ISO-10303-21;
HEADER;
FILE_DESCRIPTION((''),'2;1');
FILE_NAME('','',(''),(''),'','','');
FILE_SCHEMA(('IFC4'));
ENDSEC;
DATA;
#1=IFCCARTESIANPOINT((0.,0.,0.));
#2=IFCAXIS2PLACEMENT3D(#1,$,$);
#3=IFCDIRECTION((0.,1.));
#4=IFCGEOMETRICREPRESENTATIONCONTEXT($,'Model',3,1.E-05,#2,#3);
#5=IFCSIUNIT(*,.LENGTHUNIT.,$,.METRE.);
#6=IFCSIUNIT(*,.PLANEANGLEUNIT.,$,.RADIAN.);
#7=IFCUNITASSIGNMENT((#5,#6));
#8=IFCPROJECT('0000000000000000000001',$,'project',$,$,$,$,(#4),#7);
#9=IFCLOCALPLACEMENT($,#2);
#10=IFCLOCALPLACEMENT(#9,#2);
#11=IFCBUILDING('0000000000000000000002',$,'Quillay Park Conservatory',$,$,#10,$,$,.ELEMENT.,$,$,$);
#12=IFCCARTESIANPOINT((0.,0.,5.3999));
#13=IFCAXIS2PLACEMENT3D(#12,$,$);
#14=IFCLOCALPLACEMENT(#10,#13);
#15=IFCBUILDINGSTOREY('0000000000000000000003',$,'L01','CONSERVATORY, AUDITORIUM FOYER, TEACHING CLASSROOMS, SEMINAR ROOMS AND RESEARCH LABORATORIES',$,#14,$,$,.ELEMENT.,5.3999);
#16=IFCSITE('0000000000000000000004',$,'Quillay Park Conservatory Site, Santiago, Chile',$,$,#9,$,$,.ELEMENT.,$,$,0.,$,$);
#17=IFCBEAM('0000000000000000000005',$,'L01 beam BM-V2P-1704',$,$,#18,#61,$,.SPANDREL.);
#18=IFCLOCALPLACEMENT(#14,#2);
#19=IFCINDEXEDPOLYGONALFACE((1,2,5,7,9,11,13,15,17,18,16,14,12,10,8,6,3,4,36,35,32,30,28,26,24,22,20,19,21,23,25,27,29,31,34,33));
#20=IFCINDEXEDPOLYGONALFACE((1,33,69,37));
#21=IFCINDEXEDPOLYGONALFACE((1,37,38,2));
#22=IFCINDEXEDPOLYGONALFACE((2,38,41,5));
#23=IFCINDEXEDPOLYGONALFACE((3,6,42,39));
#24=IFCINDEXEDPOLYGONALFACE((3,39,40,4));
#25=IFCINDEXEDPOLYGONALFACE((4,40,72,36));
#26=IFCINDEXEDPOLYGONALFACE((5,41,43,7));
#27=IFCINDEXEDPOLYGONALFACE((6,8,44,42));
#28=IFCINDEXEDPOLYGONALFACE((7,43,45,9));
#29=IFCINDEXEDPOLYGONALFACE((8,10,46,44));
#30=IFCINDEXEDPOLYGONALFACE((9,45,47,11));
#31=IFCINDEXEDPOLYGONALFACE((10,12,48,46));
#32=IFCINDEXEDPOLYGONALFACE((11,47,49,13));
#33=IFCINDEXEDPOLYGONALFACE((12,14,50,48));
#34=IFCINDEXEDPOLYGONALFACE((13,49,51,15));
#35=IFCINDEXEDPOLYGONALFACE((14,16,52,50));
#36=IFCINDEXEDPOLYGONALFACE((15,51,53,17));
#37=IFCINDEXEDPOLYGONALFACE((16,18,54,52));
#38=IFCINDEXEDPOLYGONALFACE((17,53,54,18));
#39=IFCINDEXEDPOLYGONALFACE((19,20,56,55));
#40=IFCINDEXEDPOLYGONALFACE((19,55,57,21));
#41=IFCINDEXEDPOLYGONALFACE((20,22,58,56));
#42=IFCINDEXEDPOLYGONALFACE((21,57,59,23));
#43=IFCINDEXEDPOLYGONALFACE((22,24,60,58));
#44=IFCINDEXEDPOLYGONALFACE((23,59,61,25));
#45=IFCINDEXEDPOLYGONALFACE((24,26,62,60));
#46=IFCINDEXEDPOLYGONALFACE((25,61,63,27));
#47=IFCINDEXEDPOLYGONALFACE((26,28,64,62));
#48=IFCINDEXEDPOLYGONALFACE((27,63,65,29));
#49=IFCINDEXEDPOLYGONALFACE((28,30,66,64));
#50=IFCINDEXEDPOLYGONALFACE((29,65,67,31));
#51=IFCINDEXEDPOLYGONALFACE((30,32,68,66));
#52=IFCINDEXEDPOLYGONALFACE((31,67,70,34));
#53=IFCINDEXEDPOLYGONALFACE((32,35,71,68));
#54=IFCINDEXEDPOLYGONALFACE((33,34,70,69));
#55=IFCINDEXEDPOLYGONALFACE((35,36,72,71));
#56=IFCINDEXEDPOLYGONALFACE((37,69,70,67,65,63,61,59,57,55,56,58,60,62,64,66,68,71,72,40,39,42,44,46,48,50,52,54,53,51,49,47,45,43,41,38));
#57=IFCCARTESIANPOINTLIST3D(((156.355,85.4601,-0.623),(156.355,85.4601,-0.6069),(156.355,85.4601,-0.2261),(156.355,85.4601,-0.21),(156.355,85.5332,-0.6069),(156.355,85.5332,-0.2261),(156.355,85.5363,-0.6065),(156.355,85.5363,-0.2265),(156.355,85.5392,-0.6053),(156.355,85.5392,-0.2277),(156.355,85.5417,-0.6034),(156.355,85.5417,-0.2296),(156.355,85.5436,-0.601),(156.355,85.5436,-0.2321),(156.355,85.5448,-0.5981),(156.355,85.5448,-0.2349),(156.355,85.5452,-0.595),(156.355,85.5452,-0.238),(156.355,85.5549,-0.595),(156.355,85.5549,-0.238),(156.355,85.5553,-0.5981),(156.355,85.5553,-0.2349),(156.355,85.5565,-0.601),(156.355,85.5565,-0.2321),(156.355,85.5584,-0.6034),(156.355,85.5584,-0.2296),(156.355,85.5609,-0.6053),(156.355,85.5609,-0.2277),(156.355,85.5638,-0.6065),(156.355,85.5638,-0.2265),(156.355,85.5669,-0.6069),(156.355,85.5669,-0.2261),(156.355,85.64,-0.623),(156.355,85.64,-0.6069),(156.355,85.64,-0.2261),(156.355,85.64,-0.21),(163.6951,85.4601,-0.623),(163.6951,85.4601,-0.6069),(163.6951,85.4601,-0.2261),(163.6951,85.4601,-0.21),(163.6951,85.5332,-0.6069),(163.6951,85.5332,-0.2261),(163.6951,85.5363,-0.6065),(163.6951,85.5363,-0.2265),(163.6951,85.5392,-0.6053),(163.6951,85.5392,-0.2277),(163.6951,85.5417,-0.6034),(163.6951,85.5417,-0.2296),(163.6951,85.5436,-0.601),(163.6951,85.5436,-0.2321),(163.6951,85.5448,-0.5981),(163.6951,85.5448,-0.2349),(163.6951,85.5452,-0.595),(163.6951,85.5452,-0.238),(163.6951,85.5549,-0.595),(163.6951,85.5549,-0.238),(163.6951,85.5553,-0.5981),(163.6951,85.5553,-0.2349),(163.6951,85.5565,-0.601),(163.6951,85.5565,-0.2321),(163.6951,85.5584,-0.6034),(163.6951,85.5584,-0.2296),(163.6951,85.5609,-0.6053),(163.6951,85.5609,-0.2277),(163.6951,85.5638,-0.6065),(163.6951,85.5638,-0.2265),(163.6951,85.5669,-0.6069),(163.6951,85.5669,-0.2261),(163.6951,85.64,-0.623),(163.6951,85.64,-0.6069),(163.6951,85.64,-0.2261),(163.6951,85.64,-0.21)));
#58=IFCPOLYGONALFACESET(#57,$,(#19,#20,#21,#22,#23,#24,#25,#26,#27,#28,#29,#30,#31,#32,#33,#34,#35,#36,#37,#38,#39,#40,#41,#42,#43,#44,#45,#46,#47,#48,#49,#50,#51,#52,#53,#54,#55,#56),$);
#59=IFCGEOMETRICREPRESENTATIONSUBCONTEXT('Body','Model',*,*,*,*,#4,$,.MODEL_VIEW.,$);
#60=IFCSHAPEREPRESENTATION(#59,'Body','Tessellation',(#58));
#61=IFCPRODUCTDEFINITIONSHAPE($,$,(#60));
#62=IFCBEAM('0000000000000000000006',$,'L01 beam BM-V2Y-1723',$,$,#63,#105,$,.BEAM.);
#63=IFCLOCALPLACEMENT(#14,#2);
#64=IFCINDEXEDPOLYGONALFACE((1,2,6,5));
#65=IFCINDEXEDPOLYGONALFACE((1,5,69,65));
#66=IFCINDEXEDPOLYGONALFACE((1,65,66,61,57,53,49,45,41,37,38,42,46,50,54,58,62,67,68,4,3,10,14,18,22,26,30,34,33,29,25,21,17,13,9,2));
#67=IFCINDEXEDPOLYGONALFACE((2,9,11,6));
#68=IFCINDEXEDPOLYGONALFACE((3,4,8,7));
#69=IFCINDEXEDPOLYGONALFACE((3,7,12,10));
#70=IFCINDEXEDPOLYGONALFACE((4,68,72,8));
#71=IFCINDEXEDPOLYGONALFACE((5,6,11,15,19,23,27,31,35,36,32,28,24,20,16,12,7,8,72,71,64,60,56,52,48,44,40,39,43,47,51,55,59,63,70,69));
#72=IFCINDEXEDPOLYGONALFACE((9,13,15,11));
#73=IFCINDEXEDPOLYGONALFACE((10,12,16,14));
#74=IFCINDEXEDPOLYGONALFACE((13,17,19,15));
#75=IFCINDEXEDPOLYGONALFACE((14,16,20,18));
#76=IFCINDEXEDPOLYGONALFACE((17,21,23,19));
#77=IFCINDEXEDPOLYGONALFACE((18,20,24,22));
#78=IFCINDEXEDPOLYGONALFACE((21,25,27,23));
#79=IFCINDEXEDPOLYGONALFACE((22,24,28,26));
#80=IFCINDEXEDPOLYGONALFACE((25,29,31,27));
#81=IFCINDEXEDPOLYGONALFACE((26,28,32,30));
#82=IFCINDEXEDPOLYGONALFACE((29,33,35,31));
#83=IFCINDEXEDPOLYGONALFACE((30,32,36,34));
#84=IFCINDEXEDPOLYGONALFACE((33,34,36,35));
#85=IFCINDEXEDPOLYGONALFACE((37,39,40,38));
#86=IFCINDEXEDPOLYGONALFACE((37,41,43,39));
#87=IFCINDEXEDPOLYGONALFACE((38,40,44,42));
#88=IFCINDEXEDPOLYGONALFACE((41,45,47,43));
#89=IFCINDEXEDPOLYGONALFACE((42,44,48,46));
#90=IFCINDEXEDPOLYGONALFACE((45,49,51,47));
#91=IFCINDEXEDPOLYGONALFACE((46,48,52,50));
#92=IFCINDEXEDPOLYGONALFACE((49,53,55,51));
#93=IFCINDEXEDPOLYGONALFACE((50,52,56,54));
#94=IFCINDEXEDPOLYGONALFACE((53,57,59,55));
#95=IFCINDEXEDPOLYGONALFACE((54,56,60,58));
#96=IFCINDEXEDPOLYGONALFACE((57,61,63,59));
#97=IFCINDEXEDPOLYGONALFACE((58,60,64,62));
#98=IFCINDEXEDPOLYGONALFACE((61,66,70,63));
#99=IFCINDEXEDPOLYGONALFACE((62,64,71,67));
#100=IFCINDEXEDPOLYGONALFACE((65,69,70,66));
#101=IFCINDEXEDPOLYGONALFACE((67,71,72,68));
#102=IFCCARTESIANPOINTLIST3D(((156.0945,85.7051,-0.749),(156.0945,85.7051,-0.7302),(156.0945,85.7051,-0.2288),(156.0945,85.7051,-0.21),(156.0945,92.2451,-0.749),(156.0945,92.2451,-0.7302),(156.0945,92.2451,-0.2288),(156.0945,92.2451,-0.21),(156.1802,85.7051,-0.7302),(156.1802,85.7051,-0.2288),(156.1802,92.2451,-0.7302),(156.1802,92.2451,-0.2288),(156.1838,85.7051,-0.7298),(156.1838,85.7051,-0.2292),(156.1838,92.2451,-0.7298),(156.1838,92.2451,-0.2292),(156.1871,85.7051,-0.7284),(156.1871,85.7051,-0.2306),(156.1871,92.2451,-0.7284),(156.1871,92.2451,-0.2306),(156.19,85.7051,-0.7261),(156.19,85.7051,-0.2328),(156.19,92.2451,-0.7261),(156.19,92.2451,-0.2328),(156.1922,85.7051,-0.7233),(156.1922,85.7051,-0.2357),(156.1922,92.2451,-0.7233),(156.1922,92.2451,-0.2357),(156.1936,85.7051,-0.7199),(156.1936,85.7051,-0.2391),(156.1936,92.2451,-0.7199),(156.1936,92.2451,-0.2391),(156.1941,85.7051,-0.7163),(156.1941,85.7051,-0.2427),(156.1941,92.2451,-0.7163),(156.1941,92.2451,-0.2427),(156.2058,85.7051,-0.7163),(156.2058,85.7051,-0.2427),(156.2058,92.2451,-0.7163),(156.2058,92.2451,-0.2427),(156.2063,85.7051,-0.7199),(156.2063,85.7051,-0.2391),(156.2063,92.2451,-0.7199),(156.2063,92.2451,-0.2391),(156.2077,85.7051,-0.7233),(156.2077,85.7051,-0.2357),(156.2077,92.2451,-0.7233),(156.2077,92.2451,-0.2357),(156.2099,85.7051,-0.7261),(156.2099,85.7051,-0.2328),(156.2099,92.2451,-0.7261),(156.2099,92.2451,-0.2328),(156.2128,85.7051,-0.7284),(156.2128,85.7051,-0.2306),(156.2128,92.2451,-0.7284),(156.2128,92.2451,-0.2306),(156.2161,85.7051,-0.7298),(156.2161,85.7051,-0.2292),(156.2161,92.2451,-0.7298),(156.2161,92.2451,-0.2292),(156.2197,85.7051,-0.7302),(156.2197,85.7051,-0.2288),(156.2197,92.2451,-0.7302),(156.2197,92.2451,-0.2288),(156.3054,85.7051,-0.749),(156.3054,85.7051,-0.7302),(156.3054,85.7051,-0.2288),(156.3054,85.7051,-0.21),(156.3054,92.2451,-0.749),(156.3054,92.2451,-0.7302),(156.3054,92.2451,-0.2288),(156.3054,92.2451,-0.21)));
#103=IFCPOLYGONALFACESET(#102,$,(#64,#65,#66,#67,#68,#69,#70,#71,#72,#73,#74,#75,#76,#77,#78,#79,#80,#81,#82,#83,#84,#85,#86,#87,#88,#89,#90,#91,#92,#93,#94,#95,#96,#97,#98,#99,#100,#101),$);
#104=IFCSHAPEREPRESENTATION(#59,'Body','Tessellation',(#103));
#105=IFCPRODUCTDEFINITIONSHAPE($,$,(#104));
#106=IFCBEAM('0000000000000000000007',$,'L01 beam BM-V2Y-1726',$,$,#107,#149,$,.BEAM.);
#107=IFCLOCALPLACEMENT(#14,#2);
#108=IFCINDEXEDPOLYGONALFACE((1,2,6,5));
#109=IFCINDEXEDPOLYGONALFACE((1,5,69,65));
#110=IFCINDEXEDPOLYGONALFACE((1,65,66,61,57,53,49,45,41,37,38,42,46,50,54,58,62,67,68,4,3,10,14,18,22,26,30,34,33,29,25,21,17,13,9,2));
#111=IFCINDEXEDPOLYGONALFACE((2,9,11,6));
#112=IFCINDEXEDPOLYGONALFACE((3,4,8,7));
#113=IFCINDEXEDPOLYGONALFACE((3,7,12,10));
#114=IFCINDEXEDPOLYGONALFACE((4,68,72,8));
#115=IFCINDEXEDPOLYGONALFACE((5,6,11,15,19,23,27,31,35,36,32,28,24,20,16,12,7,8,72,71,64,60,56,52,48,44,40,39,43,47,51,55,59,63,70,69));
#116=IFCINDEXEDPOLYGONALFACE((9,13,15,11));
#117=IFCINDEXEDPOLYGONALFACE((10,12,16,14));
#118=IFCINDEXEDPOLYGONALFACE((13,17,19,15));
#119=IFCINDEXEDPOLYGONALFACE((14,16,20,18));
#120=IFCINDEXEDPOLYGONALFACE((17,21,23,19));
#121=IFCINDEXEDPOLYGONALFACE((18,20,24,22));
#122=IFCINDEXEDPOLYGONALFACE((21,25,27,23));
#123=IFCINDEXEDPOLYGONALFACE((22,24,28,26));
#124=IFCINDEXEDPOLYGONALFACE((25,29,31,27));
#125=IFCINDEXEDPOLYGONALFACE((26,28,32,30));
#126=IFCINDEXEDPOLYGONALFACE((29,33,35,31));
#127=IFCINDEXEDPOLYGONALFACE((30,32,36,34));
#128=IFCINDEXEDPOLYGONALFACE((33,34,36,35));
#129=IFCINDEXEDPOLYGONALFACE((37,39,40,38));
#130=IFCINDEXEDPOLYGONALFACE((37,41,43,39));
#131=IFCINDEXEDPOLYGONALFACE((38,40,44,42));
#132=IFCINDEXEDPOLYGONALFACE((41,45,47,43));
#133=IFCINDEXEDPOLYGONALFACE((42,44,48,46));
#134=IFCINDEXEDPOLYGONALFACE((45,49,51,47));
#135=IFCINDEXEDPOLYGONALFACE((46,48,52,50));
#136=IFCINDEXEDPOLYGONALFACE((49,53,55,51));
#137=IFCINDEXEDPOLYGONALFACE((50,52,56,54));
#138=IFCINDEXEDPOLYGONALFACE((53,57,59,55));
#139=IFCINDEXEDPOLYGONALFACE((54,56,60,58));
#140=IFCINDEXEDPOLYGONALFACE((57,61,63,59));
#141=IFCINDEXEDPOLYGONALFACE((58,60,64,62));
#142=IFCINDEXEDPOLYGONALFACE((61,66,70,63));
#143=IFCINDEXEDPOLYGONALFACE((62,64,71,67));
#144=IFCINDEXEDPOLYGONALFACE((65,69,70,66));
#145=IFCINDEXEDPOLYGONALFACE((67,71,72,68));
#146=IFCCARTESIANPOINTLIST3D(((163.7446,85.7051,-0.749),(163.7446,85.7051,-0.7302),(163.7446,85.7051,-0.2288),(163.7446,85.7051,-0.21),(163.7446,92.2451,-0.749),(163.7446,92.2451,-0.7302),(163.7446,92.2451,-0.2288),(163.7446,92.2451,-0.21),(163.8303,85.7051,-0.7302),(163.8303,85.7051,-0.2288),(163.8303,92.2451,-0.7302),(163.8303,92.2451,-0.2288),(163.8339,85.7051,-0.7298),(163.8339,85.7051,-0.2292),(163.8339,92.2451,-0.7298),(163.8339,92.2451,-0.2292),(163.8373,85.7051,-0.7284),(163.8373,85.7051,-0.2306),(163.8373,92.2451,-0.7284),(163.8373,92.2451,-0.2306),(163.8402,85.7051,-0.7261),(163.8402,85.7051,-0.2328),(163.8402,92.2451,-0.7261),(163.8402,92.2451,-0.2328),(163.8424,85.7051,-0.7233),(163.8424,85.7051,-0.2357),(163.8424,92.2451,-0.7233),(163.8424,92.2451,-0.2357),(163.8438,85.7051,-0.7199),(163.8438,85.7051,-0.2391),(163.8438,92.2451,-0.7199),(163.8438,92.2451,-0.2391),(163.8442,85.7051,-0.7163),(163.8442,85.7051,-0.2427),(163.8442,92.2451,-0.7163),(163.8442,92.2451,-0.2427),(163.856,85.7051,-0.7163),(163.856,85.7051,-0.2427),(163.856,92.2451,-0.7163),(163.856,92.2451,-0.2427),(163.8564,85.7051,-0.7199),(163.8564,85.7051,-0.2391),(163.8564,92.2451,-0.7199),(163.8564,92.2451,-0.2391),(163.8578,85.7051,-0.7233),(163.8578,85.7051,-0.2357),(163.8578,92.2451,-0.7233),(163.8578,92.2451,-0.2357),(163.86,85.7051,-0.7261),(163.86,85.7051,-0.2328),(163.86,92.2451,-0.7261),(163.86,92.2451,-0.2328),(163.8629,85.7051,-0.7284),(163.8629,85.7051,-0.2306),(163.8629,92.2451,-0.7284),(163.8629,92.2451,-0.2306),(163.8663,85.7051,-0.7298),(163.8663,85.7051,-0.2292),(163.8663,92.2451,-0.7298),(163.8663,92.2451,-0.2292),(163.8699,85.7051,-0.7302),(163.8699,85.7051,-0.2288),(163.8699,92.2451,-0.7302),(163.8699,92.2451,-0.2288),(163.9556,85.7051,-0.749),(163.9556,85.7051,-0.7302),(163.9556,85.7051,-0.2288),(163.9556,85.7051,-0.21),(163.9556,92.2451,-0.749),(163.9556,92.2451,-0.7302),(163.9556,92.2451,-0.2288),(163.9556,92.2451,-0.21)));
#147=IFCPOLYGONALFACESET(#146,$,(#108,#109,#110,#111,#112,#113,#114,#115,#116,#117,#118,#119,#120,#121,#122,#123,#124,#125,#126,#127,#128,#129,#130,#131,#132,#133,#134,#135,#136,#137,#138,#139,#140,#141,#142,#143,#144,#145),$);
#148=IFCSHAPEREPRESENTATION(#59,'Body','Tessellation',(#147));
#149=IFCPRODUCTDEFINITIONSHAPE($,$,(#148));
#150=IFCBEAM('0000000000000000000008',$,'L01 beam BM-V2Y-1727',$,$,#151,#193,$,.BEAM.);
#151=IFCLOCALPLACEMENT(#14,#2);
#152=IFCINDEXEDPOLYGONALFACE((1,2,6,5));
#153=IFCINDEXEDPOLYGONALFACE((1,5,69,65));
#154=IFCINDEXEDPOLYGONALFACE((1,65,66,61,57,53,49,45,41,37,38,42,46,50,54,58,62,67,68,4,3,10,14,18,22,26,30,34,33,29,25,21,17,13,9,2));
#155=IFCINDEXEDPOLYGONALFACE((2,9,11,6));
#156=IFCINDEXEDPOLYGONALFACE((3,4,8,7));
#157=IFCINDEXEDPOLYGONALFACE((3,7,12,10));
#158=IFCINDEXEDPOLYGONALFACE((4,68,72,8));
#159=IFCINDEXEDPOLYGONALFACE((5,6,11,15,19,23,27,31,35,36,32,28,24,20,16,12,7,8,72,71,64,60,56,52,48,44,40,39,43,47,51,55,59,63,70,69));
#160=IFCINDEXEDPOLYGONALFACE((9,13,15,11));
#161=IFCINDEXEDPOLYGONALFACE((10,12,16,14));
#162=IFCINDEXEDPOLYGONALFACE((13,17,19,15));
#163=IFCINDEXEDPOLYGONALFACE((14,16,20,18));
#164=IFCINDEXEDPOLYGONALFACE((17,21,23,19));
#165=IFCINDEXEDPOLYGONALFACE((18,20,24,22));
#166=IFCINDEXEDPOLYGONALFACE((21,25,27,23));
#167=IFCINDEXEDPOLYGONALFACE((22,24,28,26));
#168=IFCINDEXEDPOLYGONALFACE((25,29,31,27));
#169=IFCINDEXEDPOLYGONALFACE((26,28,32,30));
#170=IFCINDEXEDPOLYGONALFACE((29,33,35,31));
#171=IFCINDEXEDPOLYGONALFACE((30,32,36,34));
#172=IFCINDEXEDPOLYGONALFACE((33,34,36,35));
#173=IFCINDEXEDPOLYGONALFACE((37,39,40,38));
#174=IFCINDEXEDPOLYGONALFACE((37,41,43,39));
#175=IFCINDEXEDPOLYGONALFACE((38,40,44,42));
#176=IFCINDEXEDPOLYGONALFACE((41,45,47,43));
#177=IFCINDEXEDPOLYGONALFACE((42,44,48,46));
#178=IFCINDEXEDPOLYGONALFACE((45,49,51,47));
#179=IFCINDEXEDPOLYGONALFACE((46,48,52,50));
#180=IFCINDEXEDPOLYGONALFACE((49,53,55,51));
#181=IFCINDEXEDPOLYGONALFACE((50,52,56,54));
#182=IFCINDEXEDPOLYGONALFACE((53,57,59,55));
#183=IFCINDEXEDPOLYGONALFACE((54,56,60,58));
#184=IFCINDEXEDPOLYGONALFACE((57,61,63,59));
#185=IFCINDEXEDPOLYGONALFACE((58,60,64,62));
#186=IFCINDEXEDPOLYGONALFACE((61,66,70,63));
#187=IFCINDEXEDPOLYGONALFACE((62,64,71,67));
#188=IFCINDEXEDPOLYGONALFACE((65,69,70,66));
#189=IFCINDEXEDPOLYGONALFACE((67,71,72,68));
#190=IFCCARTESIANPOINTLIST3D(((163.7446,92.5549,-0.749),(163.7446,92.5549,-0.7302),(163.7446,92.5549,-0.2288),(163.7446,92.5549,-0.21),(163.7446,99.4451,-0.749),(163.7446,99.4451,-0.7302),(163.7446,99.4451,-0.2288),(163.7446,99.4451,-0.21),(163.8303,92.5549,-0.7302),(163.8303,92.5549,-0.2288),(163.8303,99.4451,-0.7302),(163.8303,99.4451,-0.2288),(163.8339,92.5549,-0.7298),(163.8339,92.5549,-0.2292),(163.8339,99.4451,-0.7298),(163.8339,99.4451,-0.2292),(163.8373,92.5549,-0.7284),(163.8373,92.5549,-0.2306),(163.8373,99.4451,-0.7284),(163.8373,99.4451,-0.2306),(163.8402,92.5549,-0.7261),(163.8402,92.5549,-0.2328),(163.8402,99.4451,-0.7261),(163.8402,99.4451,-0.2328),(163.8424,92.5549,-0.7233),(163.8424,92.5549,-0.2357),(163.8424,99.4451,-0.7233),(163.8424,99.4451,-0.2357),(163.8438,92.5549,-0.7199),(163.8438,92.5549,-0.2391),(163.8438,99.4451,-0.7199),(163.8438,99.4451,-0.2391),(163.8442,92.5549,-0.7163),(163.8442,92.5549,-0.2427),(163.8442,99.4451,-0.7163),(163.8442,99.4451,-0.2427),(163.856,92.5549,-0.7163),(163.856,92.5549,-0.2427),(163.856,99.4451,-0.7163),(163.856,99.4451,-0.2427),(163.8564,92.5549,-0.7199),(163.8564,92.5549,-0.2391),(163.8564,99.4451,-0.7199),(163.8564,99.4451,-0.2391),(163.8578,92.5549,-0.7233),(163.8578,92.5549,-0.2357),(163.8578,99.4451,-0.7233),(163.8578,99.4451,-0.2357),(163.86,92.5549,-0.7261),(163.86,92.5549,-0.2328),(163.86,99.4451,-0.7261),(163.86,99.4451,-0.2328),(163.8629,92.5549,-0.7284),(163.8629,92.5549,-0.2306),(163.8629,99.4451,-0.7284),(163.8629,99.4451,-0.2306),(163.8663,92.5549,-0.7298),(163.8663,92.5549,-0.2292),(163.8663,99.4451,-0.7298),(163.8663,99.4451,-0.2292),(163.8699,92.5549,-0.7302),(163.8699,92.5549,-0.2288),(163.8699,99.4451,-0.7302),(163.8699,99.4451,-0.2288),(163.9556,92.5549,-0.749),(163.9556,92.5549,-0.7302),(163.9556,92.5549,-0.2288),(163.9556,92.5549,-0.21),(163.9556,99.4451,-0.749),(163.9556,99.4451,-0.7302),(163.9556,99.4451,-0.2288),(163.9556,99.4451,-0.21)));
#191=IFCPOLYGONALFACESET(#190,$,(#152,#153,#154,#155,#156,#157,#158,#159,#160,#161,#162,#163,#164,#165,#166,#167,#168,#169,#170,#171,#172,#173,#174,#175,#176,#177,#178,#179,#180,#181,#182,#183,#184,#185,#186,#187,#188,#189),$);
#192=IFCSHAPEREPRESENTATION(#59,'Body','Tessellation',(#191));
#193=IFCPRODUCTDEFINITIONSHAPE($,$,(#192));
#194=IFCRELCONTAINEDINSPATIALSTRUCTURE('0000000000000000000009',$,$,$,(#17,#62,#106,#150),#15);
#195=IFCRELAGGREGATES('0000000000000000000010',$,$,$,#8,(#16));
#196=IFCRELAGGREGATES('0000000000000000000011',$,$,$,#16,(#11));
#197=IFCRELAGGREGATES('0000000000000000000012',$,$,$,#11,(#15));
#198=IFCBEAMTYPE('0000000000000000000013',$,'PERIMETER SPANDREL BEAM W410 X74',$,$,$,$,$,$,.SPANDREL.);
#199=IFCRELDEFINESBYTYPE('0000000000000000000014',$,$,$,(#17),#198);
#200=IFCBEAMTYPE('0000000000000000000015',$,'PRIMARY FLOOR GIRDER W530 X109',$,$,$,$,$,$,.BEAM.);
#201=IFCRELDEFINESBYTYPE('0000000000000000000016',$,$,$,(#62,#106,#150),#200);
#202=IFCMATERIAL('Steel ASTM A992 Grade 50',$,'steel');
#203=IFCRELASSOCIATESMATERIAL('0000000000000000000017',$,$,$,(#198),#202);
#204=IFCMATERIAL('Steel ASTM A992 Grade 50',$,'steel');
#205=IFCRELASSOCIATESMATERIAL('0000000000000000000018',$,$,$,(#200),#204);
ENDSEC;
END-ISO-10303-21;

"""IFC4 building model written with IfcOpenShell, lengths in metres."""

from ifc_helpers import new_model, si_unit, direction, frame, origin, origin_2d, place, context, subcontext, project, spatial, i_section, extrude, material, material_profile, profile_set, type_object, element, save


model = new_model("IFC4")

# Units and contexts
model_context = context("Model", 3, precision=1e-05, world=origin(), true_north=direction((0.0, 1.0)))
body_context = subcontext(model_context, "Body", "Model", "MODEL_VIEW")
ifc_project = project(units=[si_unit("LENGTHUNIT", "METRE"), si_unit("PLANEANGLEUNIT", "RADIAN")], contexts=[model_context])

# Site, building, storey
site_placement = place(None, origin())
site = spatial("IfcSite", under=ifc_project, at=site_placement, Name="Quillay Park Conservatory Site, Santiago, Chile", CompositionType="ELEMENT", RefElevation=0.0)
building_placement = place(site_placement, origin())
building = spatial("IfcBuilding", under=site, at=building_placement, Name="Quillay Park Conservatory", CompositionType="ELEMENT")
storey_placement = place(building_placement, frame((0.0, 0.0, 5.3999)))
storey = spatial("IfcBuildingStorey", under=building, at=storey_placement, Name="L01", Description="CONSERVATORY, AUDITORIUM FOYER, TEACHING CLASSROOMS, SEMINAR ROOMS AND RESEARCH LABORATORIES", CompositionType="ELEMENT", Elevation=5.3999)

# Beams
ifc_material_1 = material(Name="Steel ASTM A992 Grade 50", Category="steel")
ifc_material_profile_1 = material_profile(ifc_material_1, i_section(OverallWidth=0.1799, OverallDepth=0.4131, WebThickness=0.0098, FlangeThickness=0.0161, FilletRadius=0.012, at=origin_2d()), Name="W410x74")
ifc_profile_set_1 = profile_set([ifc_material_profile_1], Name="Steel ASTM A992 Grade 50")
beam_type_1 = type_object("IfcBeamType", Name="PERIMETER SPANDREL BEAM W410 X74", PredefinedType="SPANDREL", material=ifc_profile_set_1)
beam_1_placement = place(storey_placement, frame((156.355, 85.55, -0.4165), z_axis=(1.0, 0.0, 0.0), x_axis=(0.0, 1.0, 0.0)))
element("IfcBeam", 1, at=beam_1_placement, inside=storey, type_object=beam_type_1, Name="L01 beam BM-V2P-1704", PredefinedType="SPANDREL", context=body_context, shape_type="SweptSolid", body=[
    extrude(i_section(OverallWidth=0.1799, OverallDepth=0.4131, WebThickness=0.0098, FlangeThickness=0.0161, FilletRadius=0.012, at=origin_2d()), origin(), (0.0, 0.0, 1.0), 7.3401),
])
ifc_material_2 = material(Name="Steel ASTM A992 Grade 50", Category="steel")
ifc_material_profile_2 = material_profile(ifc_material_2, i_section(OverallWidth=0.2109, OverallDepth=0.5391, WebThickness=0.0117, FlangeThickness=0.0188, FilletRadius=0.0139, at=origin_2d()), Name="W530x109")
ifc_profile_set_2 = profile_set([ifc_material_profile_2], Name="Steel ASTM A992 Grade 50")
beam_type_2 = type_object("IfcBeamType", Name="PRIMARY FLOOR GIRDER W530 X109", PredefinedType="BEAM", material=ifc_profile_set_2)
for number, where, z_axis, x_axis, name in (
    (2, (156.2, 85.7051, -0.4795), (0.0, 1.0, 0.0), (-1.0, 0.0, 0.0), "L01 beam BM-V2Y-1723"),
    (3, (163.8501, 85.7051, -0.4795), (0.0, 1.0, 0.0), (-1.0, 0.0, 0.0), "L01 beam BM-V2Y-1726"),
):
    element("IfcBeam", number, at=place(storey_placement, frame(where, z_axis=z_axis, x_axis=x_axis)), inside=storey, type_object=beam_type_2, Name=name, PredefinedType="BEAM", context=body_context, shape_type="SweptSolid", body=[
        extrude(i_section(OverallWidth=0.2109, OverallDepth=0.5391, WebThickness=0.0117, FlangeThickness=0.0188, FilletRadius=0.0139, at=origin_2d()), origin(), (0.0, 0.0, 1.0), 6.54),
    ])
beam_2_placement = place(storey_placement, frame((163.8501, 92.5549, -0.4795), z_axis=(0.0, 1.0, 0.0), x_axis=(-1.0, 0.0, 0.0)))
element("IfcBeam", 4, at=beam_2_placement, inside=storey, type_object=beam_type_2, Name="L01 beam BM-V2Y-1727", PredefinedType="BEAM", context=body_context, shape_type="SweptSolid", body=[
    extrude(i_section(OverallWidth=0.2109, OverallDepth=0.5391, WebThickness=0.0117, FlangeThickness=0.0188, FilletRadius=0.0139, at=origin_2d()), origin(), (0.0, 0.0, 1.0), 6.8901),
])

save(model, "model.ifc")
